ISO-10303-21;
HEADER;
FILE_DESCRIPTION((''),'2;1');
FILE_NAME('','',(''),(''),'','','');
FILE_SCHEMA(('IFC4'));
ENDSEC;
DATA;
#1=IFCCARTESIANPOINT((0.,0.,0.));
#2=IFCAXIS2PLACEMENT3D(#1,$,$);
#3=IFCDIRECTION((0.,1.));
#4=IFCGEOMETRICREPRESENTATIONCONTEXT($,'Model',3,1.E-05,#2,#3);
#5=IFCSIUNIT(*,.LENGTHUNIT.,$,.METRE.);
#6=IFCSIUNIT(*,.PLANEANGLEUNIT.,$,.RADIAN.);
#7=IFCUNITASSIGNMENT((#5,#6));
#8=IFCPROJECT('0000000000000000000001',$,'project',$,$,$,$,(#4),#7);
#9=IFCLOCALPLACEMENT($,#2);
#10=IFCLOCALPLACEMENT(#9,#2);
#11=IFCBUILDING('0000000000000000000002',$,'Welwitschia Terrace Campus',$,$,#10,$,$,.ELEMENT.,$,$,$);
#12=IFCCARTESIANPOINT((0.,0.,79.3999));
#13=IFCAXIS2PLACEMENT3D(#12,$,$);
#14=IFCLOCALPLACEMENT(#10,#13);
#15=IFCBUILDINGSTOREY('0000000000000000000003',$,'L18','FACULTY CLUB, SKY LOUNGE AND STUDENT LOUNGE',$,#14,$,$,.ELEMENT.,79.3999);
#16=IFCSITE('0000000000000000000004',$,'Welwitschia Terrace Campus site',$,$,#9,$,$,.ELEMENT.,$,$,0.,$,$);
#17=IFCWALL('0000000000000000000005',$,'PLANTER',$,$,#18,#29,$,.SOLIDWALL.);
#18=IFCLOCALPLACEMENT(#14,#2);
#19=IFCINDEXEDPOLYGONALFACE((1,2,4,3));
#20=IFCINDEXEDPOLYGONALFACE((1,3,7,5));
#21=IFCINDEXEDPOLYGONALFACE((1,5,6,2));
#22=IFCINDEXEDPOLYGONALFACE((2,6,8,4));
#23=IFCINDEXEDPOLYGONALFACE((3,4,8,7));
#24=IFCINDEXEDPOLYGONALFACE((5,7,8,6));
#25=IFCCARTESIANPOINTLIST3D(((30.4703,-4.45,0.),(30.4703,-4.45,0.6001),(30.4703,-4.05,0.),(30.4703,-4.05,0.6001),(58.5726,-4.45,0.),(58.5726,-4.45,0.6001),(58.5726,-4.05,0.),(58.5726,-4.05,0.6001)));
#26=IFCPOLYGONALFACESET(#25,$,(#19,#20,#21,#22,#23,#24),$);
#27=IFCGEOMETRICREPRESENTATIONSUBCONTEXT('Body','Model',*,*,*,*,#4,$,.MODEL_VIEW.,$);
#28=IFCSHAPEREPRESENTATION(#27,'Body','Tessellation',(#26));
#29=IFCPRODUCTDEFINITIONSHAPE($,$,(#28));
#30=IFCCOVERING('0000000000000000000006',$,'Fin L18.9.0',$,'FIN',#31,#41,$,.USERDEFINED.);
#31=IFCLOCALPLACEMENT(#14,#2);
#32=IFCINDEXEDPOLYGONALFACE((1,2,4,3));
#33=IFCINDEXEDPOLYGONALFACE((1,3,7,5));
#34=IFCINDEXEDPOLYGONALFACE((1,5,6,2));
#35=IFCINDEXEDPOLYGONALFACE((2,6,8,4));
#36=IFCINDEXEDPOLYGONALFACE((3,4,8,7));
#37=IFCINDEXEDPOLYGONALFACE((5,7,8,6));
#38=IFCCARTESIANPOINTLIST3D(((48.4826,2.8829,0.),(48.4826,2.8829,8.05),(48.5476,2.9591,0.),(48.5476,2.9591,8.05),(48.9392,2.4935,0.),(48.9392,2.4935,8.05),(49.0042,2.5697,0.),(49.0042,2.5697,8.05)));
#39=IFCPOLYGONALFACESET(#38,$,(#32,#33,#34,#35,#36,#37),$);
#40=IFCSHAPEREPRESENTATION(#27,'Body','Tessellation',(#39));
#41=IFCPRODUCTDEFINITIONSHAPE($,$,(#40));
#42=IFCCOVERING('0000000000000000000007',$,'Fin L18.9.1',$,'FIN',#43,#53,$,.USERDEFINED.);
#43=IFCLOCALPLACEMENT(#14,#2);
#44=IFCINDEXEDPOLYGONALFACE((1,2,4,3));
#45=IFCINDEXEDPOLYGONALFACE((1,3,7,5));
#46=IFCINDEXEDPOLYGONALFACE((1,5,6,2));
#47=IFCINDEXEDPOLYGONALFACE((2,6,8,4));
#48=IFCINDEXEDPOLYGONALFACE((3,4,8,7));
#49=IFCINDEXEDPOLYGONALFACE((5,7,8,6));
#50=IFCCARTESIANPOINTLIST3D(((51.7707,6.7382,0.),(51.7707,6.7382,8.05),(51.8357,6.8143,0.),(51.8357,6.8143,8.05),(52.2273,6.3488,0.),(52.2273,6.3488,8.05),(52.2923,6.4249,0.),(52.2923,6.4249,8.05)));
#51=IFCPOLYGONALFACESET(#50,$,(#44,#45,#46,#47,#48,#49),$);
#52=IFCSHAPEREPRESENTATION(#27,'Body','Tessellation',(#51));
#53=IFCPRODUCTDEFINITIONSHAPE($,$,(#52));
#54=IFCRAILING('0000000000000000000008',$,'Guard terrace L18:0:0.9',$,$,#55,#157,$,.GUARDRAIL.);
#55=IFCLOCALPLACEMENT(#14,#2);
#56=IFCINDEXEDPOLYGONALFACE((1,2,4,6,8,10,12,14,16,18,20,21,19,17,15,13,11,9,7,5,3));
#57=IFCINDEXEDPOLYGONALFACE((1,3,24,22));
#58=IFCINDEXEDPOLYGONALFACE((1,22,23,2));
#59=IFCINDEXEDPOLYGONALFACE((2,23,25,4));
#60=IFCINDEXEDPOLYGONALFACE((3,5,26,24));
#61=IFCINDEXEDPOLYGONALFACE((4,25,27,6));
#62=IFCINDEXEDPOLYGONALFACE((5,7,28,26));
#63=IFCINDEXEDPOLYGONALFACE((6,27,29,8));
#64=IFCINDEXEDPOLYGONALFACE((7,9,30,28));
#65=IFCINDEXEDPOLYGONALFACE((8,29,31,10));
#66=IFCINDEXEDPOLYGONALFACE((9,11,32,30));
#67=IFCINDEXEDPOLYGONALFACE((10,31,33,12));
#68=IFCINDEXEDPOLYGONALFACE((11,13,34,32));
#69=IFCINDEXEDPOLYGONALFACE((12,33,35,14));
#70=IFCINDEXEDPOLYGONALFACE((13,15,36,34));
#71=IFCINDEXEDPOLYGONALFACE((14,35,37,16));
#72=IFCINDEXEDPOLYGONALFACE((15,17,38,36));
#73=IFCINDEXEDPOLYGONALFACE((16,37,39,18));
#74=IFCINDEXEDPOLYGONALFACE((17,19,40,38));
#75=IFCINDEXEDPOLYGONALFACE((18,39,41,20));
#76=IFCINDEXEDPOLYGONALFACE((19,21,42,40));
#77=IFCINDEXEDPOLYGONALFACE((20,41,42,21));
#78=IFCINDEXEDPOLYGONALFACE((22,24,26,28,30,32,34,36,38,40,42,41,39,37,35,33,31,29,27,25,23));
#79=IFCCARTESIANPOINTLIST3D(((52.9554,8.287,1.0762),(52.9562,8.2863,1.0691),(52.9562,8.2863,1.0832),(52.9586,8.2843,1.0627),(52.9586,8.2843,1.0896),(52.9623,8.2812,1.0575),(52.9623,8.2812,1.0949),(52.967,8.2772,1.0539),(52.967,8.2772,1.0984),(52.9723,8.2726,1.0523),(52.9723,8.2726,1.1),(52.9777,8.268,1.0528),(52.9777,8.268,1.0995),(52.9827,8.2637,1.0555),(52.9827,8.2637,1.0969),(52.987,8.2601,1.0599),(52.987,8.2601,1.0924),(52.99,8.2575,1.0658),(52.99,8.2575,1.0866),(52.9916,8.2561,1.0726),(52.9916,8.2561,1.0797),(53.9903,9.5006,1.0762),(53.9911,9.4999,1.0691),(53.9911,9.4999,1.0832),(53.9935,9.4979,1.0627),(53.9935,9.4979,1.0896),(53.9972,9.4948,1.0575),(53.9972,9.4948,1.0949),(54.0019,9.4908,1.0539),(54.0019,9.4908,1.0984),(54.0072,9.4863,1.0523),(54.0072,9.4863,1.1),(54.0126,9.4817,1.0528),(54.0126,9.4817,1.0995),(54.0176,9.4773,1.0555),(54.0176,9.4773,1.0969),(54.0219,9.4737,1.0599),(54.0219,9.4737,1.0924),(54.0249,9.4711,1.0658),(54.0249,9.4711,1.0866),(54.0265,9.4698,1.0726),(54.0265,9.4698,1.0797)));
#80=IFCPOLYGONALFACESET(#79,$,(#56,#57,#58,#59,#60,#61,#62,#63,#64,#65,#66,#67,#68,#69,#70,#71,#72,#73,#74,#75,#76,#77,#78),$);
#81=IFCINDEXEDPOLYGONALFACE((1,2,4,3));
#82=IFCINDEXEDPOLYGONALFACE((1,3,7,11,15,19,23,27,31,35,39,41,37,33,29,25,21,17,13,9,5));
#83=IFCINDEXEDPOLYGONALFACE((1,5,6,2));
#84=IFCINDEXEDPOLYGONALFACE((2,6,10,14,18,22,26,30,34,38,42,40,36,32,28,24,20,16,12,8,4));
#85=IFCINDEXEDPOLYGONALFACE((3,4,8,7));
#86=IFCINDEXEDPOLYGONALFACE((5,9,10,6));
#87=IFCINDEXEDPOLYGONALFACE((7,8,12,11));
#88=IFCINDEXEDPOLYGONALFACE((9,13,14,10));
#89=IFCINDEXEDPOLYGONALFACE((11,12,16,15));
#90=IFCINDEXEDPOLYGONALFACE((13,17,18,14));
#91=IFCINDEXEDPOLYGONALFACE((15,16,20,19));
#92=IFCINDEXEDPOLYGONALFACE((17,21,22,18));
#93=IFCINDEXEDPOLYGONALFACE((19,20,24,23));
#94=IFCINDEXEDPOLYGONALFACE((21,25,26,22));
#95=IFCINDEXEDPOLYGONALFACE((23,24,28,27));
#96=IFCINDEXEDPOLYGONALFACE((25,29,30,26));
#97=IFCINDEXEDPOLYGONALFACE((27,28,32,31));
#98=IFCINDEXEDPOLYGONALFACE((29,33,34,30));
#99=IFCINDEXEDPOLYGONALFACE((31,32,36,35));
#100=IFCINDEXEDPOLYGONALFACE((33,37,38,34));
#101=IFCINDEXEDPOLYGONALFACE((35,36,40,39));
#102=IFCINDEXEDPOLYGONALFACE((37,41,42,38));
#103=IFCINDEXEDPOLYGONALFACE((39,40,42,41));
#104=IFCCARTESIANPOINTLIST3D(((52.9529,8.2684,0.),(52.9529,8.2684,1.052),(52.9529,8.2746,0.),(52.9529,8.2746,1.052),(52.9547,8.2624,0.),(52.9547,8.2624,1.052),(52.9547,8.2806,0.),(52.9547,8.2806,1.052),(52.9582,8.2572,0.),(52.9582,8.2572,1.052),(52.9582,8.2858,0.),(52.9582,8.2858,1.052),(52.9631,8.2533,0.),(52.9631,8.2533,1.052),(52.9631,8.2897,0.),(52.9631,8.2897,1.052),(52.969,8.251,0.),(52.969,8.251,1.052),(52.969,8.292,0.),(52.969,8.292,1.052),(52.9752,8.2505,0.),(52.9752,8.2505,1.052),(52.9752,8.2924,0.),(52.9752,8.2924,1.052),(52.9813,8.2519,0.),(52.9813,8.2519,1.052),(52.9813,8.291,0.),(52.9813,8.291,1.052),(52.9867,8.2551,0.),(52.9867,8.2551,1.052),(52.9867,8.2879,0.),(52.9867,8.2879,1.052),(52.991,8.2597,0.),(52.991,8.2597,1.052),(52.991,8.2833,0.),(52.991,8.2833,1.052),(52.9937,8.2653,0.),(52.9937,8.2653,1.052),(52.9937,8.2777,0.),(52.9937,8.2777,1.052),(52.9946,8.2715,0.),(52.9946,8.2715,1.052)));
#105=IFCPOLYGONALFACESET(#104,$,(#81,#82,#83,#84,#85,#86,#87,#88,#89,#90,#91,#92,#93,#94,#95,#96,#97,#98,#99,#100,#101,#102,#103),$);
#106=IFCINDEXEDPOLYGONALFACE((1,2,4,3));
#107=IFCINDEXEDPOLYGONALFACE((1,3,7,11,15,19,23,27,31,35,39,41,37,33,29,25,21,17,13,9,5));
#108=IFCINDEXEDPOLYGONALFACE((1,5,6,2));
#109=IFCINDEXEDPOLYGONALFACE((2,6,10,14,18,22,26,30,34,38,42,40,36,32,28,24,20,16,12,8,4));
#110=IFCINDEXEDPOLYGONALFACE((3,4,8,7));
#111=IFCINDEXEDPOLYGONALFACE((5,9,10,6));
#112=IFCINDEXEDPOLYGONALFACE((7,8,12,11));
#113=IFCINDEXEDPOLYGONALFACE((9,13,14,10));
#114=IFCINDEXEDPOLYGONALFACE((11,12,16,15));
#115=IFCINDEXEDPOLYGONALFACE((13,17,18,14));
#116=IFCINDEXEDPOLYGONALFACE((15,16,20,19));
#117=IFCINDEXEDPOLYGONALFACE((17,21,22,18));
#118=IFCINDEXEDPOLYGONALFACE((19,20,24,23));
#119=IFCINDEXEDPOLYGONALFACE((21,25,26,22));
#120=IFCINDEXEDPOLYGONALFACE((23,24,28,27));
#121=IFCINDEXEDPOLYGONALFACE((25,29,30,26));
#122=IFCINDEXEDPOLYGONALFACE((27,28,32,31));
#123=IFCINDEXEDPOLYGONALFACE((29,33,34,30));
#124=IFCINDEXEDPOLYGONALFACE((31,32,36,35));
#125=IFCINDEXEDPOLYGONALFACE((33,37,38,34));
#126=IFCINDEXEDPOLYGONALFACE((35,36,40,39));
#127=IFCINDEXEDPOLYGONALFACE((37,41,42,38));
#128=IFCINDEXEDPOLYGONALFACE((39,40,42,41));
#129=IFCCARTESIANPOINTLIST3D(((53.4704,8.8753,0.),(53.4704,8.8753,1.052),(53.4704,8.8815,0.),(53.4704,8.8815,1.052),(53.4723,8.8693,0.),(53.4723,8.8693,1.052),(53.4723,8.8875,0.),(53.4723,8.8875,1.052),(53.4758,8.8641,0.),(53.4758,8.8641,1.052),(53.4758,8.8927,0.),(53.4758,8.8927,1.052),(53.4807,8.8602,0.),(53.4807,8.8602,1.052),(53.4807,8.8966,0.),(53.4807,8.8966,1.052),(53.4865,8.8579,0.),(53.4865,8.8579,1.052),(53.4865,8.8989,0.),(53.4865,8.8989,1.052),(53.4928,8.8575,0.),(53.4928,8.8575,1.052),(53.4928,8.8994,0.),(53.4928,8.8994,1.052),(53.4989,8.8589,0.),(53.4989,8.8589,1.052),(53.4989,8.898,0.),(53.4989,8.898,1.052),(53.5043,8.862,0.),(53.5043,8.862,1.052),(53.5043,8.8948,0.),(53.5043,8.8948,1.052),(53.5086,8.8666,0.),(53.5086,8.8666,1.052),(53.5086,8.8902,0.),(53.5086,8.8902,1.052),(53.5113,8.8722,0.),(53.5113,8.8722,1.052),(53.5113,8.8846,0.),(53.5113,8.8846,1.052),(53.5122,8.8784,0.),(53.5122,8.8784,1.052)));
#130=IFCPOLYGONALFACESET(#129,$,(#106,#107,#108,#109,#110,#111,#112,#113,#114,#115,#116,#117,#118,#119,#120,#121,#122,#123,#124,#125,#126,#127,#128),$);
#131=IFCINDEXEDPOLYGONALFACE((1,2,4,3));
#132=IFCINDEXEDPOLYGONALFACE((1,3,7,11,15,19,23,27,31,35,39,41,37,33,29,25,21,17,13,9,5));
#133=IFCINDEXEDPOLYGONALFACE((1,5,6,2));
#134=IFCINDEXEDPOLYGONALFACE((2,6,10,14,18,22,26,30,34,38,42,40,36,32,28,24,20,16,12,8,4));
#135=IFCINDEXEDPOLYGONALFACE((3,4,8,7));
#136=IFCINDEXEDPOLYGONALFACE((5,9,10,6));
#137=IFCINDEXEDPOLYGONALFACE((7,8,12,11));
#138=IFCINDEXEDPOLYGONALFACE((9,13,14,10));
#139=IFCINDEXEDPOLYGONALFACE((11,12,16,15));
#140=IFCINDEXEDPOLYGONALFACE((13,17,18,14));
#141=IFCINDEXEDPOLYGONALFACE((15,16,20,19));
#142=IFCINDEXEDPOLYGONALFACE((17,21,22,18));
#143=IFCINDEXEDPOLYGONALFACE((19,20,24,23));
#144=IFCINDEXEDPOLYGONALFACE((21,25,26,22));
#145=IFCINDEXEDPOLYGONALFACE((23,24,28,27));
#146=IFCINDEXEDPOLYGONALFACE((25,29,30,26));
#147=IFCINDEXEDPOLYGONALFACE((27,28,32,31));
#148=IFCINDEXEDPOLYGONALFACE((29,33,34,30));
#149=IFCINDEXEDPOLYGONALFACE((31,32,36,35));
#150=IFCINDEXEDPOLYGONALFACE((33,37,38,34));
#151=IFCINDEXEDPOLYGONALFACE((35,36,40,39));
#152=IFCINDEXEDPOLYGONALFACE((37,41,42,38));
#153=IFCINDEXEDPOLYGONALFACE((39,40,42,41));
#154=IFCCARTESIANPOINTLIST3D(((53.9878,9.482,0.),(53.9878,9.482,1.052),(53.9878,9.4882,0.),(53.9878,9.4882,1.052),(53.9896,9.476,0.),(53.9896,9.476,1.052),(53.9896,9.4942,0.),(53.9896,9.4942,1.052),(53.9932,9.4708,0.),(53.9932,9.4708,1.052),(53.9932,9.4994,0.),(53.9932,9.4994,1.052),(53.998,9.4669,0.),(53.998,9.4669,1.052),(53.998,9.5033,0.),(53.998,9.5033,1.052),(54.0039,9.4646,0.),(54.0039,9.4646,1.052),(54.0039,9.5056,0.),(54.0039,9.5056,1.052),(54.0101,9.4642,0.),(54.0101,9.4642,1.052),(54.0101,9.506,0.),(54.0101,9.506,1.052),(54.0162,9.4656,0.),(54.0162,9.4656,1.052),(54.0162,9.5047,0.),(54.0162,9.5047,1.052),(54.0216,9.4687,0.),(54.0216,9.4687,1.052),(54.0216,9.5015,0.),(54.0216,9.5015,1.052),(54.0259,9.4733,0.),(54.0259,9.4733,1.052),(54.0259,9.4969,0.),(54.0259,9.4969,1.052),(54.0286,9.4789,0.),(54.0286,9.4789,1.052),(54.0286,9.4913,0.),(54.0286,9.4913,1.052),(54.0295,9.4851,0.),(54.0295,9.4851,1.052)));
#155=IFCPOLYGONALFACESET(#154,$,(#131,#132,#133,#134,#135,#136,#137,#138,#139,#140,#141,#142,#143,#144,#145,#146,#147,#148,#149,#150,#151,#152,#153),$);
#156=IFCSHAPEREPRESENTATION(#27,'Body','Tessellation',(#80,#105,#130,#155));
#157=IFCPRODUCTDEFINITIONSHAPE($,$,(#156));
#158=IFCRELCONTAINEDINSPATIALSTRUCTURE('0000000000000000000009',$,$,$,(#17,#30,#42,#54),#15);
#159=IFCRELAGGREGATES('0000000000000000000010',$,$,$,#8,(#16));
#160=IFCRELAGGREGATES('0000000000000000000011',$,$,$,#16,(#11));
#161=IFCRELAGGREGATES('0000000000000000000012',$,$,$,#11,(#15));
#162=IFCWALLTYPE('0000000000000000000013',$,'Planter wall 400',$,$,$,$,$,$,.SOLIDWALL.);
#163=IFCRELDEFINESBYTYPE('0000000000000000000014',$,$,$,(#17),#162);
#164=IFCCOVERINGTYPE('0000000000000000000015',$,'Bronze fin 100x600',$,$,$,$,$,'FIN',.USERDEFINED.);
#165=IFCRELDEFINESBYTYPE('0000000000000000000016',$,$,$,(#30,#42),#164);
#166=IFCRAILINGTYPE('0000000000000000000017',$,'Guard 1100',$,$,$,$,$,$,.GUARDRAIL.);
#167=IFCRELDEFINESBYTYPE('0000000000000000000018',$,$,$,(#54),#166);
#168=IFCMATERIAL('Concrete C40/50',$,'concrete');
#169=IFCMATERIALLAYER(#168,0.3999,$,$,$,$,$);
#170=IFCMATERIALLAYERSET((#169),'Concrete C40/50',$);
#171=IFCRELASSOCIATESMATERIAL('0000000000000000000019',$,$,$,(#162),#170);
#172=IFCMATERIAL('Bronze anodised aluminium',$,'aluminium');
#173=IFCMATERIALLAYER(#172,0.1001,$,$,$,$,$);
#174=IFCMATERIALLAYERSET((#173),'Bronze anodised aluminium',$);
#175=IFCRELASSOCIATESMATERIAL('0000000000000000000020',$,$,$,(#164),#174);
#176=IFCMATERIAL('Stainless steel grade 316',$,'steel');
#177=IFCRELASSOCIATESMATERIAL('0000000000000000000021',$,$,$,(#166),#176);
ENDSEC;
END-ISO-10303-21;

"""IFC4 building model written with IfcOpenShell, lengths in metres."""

from ifc_helpers import new_model, si_unit, direction, frame, frame_2d, origin, origin_2d, place, context, subcontext, project, spatial, rectangle, circle, extrude, material, layer, layer_set, type_object, element, save


model = new_model("IFC4")

# Units and contexts
model_context = context("Model", 3, precision=1e-05, world=origin(), true_north=direction((0.0, 1.0)))
body_context = subcontext(model_context, "Body", "Model", "MODEL_VIEW")
ifc_project = project(units=[si_unit("LENGTHUNIT", "METRE"), si_unit("PLANEANGLEUNIT", "RADIAN")], contexts=[model_context])

# Site, building, storey
site_placement = place(None, origin())
site = spatial("IfcSite", under=ifc_project, at=site_placement, Name="Welwitschia Terrace Campus site", CompositionType="ELEMENT", RefElevation=0.0)
building_placement = place(site_placement, origin())
building = spatial("IfcBuilding", under=site, at=building_placement, Name="Welwitschia Terrace Campus", CompositionType="ELEMENT")
storey_placement = place(building_placement, frame((0.0, 0.0, 79.3999)))
storey = spatial("IfcBuildingStorey", under=building, at=storey_placement, Name="L18", Description="FACULTY CLUB, SKY LOUNGE AND STUDENT LOUNGE", CompositionType="ELEMENT", Elevation=79.3999)

# Wall
ifc_material_1 = material(Name="Concrete C40/50", Category="concrete")
ifc_layer_1 = layer(ifc_material_1, 0.3999)
ifc_layer_set_1 = layer_set([ifc_layer_1], Name="Concrete C40/50")
wall_type_1 = type_object("IfcWallType", Name="Planter wall 400", PredefinedType="SOLIDWALL", material=ifc_layer_set_1)
wall_1_placement = place(storey_placement, frame((58.5728, -4.25, 0.0), z_axis=(0.0, 0.0, 1.0), x_axis=(-1.0, 0.0, 0.0)))
element("IfcWall", 1, at=wall_1_placement, inside=storey, type_object=wall_type_1, Name="PLANTER", PredefinedType="SOLIDWALL", context=body_context, shape_type="SweptSolid", body=[
    extrude(rectangle(XDim=28.1023, YDim=0.3999, at=frame_2d((14.0513, 0.0))), origin(), (0.0, 0.0, 1.0), 0.6001),
])

# Coverings
ifc_material_2 = material(Name="Bronze anodised aluminium", Category="aluminium")
ifc_layer_2 = layer(ifc_material_2, 0.1001)
ifc_layer_set_2 = layer_set([ifc_layer_2], Name="Bronze anodised aluminium")
covering_type = type_object("IfcCoveringType", Name="Bronze fin 100x600", ElementType="FIN", PredefinedType="USERDEFINED", material=ifc_layer_set_2)
for number, where, z_axis, x_axis, name in (
    (2, (48.7434, 2.7263, 0.0), (0.0, 0.0, 1.0), (0.64892, 0.760856, 0.0), "Fin L18.9.0"),
    (3, (52.0315, 6.5815, 0.0), (0.0, 0.0, 1.0), (0.64892, 0.760856, 0.0), "Fin L18.9.1"),
):
    element("IfcCovering", number, at=place(storey_placement, frame(where, z_axis=z_axis, x_axis=x_axis)), inside=storey, type_object=covering_type, Name=name, ObjectType="FIN", PredefinedType="USERDEFINED", context=body_context, shape_type="SweptSolid", body=[
        extrude(rectangle(XDim=0.1001, YDim=0.6001, at=origin_2d()), origin(), (0.0, 0.0, 1.0), 8.05),
    ])

# Railing
ifc_material_3 = material(Name="Stainless steel grade 316", Category="steel")
railing_type = type_object("IfcRailingType", Name="Guard 1100", PredefinedType="GUARDRAIL", material=ifc_material_3)
railing_placement = place(storey_placement, frame((52.9736, 8.2715, 0.0)))
element("IfcRailing", 4, at=railing_placement, inside=storey, type_object=railing_type, Name="Guard terrace L18:0:0.9", PredefinedType="GUARDRAIL", context=body_context, shape_type="SweptSolid", body=[
    extrude(circle(Radius=0.0239, at=origin_2d()), frame((0.0, 0.0, 1.0762), z_axis=(0.648861, 0.760907, 0.0), x_axis=(-0.760907, 0.648861, 0.0)), (0.0, 0.0, 1.0), 1.595),
    extrude(circle(Radius=0.021, at=origin_2d()), origin(), (0.0, 0.0, 1.0), 1.052),
    extrude(circle(Radius=0.021, at=origin_2d()), frame((0.5176, 0.6069, 0.0)), (0.0, 0.0, 1.0), 1.052),
    extrude(circle(Radius=0.021, at=origin_2d()), frame((1.0349, 1.2136, 0.0)), (0.0, 0.0, 1.0), 1.052),
])

save(model, "model.ifc")
